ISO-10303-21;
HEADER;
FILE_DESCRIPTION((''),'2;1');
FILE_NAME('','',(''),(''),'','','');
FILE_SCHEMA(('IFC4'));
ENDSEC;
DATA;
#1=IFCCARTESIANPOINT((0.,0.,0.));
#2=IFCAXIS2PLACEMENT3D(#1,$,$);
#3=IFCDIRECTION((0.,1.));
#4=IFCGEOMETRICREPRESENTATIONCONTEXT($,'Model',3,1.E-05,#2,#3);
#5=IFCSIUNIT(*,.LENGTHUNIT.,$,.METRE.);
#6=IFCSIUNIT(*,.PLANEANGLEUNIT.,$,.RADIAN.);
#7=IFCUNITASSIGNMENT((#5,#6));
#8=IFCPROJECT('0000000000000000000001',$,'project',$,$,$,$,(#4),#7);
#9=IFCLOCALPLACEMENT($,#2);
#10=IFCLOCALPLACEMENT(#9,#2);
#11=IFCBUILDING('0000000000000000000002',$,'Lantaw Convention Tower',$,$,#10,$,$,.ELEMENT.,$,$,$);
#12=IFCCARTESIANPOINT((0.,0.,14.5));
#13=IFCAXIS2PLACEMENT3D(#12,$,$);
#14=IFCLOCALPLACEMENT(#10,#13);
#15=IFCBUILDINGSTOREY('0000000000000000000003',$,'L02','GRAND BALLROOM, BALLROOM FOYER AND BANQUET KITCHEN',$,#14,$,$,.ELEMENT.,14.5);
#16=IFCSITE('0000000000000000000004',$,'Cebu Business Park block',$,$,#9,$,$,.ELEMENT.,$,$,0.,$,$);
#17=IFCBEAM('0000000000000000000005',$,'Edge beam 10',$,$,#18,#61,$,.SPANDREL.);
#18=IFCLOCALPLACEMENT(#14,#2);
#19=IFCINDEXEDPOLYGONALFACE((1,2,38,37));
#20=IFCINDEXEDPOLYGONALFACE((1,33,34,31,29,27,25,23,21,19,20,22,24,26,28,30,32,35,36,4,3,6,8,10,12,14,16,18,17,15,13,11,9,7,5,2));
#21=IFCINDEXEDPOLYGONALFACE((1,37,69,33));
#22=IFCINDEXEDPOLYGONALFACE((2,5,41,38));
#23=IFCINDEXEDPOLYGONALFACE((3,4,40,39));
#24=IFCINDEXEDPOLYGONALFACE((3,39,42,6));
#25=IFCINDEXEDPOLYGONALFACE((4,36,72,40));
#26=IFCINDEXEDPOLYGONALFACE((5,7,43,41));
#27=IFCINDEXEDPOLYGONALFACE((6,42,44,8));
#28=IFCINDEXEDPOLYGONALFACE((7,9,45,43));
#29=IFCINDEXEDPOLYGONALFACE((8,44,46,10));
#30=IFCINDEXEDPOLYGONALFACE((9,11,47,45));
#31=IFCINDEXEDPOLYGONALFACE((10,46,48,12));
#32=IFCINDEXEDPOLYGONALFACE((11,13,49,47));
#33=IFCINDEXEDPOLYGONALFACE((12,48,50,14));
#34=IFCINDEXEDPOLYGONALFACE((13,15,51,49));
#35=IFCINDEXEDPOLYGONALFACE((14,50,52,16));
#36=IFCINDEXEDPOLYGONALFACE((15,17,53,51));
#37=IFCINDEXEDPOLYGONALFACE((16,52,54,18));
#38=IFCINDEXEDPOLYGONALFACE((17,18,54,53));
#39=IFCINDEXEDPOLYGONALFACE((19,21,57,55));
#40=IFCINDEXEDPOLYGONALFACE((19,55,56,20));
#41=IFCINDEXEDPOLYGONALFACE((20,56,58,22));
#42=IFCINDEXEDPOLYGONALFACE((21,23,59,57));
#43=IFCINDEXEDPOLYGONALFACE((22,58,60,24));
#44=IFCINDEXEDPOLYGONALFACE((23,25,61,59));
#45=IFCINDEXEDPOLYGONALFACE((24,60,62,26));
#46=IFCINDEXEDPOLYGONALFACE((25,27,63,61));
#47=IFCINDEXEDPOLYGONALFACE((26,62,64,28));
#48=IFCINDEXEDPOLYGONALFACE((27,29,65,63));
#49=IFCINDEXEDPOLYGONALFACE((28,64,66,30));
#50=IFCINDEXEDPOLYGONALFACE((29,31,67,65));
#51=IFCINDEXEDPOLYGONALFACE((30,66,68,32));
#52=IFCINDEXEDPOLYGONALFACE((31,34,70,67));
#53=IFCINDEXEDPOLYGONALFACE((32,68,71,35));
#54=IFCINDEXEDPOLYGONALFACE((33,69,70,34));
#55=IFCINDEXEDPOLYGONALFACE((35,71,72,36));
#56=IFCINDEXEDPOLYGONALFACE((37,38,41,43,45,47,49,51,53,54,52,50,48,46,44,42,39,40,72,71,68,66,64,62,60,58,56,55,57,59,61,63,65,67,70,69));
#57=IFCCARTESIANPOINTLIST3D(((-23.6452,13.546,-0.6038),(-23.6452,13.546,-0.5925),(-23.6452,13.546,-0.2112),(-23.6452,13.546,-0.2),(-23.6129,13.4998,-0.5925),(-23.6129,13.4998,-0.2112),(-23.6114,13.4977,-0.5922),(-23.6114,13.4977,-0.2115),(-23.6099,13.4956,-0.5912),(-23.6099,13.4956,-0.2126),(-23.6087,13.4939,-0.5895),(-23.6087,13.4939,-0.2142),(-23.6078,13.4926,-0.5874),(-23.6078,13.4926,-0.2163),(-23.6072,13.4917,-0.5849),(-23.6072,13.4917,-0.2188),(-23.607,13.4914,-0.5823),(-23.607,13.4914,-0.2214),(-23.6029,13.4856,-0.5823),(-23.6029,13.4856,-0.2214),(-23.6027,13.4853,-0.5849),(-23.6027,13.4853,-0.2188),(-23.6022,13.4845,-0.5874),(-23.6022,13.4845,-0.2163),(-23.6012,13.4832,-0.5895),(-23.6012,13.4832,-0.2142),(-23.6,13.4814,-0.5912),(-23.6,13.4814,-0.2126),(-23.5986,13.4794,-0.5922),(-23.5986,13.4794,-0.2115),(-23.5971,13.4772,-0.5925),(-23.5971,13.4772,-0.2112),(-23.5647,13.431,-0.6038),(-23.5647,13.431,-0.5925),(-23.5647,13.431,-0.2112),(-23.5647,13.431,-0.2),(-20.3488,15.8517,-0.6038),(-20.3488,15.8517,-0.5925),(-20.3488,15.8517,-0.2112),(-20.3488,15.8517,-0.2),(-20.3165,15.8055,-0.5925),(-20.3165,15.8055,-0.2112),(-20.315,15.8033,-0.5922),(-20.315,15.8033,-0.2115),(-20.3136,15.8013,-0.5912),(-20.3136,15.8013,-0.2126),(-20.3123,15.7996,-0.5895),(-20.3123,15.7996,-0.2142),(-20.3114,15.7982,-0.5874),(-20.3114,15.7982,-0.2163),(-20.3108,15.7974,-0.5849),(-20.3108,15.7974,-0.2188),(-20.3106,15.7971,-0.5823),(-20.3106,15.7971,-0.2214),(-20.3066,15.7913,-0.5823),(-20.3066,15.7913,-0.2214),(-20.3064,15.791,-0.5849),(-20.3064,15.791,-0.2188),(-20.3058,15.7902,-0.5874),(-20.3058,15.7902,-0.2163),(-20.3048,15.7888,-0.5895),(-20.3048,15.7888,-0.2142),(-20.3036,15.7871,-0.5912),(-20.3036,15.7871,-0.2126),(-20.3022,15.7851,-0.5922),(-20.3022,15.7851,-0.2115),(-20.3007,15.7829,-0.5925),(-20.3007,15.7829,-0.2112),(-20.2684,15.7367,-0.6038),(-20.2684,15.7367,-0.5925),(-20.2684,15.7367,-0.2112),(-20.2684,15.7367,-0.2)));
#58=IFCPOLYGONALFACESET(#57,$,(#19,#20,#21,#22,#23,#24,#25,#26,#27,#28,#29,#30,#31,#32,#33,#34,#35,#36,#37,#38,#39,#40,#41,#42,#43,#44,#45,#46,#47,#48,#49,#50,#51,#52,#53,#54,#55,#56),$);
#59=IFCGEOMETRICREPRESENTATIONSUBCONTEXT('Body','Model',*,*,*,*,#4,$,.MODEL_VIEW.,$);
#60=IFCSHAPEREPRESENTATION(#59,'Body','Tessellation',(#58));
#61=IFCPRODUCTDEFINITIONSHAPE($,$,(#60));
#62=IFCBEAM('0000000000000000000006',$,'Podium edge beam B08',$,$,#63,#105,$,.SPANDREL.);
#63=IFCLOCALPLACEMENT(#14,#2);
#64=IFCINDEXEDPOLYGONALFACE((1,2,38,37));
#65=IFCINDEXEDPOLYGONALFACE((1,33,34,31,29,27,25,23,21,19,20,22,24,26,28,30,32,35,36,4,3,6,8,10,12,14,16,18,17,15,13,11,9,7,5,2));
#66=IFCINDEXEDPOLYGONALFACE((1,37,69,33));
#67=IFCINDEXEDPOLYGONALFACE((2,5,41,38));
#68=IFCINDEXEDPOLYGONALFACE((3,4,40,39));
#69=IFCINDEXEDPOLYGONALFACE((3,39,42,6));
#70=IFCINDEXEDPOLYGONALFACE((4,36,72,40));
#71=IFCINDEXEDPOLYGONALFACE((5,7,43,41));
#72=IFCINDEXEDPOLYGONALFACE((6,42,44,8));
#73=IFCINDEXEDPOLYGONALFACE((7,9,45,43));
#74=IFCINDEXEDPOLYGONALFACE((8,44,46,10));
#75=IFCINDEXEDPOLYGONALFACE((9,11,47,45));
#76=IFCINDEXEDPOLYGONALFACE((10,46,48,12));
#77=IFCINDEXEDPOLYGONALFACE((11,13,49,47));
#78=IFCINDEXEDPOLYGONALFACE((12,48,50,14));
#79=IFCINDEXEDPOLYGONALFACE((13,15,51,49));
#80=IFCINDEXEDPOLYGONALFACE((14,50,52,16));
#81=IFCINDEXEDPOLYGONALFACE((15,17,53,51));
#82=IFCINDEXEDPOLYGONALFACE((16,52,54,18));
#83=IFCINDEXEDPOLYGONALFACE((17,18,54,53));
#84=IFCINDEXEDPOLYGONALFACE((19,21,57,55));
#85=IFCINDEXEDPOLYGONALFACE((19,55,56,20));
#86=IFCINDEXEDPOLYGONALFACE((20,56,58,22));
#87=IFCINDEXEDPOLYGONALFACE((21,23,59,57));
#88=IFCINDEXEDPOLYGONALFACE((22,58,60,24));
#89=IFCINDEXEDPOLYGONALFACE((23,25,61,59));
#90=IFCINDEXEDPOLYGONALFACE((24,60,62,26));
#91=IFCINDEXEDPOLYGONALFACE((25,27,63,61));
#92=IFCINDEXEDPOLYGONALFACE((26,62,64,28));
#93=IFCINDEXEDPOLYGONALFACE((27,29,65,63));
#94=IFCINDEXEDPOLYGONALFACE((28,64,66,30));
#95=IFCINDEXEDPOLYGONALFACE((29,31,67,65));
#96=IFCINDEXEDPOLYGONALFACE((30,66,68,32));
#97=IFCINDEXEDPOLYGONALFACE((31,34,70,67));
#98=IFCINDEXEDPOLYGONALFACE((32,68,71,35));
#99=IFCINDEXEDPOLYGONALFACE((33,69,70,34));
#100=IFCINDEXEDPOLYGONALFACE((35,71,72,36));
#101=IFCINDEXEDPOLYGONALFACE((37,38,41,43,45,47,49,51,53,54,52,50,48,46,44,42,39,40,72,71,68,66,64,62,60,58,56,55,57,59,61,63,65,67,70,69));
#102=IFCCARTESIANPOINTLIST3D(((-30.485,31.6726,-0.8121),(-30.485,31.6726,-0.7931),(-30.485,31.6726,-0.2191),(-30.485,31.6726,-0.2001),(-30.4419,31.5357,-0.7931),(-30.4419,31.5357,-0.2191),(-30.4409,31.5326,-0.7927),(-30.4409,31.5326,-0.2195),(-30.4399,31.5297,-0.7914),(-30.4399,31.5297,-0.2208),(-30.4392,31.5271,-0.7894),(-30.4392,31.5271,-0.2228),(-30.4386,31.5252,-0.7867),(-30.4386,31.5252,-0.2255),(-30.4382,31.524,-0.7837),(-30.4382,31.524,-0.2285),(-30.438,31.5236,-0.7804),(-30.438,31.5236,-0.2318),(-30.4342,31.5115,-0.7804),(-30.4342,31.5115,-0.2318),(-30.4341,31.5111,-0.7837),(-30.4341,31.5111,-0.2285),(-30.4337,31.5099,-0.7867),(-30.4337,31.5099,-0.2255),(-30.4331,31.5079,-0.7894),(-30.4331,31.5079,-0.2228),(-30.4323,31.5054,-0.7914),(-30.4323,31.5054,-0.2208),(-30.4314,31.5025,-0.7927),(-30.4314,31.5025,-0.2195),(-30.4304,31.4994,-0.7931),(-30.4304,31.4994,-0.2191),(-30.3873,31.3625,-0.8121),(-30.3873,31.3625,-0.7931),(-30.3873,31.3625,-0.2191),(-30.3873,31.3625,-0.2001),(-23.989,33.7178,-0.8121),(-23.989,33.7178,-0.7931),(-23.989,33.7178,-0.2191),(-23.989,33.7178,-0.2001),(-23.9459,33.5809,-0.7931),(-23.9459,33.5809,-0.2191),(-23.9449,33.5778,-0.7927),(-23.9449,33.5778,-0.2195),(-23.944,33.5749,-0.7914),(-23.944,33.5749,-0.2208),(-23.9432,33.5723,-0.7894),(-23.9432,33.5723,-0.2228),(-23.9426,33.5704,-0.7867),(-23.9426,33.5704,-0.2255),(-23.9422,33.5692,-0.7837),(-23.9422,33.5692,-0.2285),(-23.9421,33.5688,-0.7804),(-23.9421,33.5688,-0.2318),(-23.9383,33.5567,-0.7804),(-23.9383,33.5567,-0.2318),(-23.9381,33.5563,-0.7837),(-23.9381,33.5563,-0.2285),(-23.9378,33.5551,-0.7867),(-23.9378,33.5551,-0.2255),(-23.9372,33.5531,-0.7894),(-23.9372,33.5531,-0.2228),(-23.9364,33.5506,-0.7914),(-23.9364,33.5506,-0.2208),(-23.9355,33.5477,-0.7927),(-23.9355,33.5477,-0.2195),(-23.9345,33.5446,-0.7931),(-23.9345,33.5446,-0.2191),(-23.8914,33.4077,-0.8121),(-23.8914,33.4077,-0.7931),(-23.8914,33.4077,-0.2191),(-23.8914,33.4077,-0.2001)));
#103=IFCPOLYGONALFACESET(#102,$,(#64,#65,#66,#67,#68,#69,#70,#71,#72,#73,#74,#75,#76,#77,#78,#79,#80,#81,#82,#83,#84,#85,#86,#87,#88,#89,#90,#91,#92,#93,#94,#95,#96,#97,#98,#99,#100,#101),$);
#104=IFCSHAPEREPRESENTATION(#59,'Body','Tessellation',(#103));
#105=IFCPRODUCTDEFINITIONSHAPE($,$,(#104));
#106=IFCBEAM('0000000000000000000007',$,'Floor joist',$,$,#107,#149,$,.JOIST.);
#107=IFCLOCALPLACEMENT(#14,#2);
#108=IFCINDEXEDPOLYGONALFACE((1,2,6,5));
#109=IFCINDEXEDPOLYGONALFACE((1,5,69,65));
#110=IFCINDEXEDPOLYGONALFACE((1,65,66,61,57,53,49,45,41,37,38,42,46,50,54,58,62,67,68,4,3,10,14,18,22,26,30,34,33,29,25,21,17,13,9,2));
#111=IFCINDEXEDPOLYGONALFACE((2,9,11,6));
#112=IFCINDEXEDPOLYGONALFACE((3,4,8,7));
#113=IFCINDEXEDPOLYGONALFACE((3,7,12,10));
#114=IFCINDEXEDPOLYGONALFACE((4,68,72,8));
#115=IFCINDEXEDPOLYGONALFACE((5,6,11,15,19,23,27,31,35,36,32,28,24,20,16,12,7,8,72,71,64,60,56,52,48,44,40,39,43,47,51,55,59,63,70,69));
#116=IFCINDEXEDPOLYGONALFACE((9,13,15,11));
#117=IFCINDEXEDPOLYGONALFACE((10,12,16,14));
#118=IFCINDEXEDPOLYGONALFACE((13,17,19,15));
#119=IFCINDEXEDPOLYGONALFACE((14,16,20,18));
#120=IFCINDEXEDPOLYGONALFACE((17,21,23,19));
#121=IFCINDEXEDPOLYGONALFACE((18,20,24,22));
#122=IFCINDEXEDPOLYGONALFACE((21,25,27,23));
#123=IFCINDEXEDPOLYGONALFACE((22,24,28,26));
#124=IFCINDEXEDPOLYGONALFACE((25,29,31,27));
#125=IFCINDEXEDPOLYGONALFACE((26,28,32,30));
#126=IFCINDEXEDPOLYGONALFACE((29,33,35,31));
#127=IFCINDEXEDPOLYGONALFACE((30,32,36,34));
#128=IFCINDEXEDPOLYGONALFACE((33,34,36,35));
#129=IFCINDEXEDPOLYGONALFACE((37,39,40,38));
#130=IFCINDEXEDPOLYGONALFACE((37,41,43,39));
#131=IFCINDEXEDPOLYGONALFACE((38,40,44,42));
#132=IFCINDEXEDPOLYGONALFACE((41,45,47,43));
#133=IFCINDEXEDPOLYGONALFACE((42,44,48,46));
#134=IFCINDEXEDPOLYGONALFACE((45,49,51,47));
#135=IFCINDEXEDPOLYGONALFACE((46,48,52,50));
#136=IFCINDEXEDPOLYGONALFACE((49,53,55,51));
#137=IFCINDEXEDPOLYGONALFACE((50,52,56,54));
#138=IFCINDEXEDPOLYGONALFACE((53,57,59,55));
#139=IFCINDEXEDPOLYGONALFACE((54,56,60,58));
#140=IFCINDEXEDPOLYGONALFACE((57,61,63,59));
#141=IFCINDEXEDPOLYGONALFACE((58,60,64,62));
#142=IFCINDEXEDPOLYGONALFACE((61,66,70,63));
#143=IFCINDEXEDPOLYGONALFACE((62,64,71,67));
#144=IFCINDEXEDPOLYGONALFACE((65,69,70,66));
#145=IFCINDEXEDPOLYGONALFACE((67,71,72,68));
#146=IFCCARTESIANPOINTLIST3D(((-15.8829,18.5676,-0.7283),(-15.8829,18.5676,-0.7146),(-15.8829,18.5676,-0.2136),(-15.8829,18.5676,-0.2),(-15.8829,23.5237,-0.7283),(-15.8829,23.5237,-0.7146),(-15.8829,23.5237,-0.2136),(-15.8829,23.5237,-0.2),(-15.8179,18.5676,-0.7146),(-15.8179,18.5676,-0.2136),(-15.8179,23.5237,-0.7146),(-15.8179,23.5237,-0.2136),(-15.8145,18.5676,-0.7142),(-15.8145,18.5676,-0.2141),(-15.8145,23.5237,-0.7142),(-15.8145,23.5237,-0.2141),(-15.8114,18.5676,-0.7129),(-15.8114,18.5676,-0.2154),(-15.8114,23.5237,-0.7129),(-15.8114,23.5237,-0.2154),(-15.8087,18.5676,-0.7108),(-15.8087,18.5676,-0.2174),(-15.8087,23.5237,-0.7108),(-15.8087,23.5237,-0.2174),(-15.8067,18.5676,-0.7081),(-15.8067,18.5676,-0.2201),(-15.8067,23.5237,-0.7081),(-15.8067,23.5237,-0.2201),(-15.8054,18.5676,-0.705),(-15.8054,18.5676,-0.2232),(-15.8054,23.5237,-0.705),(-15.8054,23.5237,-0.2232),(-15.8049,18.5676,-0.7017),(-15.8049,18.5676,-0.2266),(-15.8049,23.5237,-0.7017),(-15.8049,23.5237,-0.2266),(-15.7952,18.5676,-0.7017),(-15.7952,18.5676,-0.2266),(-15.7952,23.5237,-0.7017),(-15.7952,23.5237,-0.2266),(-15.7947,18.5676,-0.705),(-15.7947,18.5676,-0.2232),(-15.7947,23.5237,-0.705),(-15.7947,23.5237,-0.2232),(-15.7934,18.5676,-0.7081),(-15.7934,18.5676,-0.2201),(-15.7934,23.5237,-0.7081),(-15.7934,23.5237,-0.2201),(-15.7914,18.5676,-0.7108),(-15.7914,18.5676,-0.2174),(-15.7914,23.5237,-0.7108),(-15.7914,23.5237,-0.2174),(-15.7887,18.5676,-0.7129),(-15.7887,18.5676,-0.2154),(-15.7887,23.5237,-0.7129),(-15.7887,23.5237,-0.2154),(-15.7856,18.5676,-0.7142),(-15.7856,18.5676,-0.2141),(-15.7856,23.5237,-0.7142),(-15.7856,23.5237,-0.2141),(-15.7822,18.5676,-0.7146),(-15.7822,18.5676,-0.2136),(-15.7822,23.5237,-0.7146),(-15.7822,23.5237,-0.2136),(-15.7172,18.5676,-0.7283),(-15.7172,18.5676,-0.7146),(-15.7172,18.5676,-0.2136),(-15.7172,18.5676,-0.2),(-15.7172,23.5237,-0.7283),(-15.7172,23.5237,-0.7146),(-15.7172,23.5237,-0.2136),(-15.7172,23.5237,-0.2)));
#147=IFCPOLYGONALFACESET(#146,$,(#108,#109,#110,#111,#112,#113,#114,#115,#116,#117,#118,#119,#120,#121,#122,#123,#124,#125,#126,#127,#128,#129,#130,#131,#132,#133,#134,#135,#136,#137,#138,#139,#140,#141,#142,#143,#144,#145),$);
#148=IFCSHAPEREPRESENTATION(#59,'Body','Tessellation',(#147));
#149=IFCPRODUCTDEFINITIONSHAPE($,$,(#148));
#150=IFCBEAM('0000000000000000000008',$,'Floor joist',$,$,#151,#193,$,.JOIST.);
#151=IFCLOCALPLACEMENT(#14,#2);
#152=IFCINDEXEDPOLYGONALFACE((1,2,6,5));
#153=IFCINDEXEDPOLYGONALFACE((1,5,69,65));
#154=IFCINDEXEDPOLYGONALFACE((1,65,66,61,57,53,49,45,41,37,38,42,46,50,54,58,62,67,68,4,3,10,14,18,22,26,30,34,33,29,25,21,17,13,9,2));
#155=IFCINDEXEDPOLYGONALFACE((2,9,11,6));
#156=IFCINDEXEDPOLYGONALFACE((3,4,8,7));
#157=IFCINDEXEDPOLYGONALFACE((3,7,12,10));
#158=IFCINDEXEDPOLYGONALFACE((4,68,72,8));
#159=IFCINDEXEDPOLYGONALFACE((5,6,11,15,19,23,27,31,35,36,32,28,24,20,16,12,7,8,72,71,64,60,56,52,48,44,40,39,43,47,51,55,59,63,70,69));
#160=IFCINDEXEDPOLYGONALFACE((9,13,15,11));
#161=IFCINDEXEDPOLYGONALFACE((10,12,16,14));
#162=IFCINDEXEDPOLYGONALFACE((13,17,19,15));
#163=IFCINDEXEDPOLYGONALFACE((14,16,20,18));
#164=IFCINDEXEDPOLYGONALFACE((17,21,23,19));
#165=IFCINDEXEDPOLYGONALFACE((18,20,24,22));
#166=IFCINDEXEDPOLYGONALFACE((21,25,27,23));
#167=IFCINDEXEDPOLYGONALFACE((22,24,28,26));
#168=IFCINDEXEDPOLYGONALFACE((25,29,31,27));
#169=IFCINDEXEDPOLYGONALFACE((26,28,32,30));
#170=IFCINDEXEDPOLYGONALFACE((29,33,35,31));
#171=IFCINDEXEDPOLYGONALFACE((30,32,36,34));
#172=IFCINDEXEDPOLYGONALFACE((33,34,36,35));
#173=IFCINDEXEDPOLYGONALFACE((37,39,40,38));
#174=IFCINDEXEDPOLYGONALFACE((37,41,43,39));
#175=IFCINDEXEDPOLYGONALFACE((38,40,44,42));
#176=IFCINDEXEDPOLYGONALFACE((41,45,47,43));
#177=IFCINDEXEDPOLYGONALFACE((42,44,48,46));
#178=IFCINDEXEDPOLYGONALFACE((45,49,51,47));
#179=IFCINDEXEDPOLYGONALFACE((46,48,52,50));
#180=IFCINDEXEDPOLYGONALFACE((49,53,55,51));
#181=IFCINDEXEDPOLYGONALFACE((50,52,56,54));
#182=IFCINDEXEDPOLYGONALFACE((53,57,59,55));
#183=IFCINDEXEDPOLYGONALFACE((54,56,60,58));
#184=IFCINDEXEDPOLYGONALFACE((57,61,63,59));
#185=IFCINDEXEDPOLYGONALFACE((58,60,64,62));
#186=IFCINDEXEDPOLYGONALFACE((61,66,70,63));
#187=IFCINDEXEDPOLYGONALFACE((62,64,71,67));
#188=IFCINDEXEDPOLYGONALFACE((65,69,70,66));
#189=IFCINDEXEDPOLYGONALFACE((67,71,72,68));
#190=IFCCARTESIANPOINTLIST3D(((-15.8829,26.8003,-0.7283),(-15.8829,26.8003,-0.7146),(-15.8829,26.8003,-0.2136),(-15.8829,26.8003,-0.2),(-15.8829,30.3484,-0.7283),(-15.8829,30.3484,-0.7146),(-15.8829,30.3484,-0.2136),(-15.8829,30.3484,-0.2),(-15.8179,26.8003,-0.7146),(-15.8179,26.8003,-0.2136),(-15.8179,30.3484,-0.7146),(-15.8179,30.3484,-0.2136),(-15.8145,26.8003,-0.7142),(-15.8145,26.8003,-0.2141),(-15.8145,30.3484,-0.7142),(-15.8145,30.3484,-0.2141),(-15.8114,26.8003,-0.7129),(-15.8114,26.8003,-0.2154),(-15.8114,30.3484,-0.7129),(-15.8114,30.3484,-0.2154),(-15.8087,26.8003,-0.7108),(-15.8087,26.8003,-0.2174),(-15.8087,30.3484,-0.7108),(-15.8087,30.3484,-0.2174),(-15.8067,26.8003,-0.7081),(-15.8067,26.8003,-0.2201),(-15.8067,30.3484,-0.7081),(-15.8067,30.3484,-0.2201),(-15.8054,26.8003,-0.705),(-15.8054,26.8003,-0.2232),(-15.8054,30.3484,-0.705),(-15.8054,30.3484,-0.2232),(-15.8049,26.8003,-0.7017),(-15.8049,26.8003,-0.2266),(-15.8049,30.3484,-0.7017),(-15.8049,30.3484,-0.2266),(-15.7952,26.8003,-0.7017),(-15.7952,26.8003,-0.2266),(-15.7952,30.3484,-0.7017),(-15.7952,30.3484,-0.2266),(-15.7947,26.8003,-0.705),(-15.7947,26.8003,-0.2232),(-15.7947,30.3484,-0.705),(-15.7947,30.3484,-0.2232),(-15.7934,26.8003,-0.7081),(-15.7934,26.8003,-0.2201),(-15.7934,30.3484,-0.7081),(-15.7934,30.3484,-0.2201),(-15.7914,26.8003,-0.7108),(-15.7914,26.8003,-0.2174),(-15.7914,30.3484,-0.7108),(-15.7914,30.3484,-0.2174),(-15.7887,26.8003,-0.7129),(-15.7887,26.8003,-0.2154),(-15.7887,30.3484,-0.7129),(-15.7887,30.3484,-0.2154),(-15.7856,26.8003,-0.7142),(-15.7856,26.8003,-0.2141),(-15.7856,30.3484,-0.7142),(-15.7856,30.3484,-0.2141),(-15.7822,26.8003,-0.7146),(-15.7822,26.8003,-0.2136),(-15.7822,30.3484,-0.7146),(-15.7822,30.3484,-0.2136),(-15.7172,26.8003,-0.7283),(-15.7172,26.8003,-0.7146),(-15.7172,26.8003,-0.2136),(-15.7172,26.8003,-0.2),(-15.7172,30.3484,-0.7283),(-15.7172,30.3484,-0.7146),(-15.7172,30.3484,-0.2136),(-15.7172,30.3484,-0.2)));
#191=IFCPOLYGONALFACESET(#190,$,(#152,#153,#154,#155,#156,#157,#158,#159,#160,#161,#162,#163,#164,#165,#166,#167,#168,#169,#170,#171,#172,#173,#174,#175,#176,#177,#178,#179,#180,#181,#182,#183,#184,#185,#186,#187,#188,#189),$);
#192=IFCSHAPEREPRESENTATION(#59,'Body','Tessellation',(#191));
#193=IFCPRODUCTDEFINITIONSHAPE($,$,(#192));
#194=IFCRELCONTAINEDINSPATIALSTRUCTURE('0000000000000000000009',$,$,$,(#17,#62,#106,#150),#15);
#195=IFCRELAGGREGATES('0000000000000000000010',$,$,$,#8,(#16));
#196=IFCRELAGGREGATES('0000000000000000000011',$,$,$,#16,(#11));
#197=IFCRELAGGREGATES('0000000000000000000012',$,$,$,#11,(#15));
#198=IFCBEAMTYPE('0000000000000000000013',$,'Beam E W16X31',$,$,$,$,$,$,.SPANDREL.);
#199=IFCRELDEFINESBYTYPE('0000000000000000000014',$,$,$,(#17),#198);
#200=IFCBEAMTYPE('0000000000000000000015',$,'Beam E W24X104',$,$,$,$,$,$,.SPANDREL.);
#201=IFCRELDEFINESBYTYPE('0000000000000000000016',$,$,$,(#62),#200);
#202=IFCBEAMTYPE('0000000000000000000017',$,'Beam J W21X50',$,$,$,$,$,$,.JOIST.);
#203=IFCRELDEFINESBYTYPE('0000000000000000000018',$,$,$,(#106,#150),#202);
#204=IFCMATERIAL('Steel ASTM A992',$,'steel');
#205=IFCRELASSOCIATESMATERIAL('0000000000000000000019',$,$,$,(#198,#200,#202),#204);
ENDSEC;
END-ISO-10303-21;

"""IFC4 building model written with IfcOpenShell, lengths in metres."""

from ifc_helpers import new_model, si_unit, direction, frame, origin, origin_2d, place, context, subcontext, project, spatial, i_section, extrude, material, material_profile, profile_set, type_object, element, save


model = new_model("IFC4")

# Units and contexts
model_context = context("Model", 3, precision=1e-05, world=origin(), true_north=direction((0.0, 1.0)))
body_context = subcontext(model_context, "Body", "Model", "MODEL_VIEW")
ifc_project = project(units=[si_unit("LENGTHUNIT", "METRE"), si_unit("PLANEANGLEUNIT", "RADIAN")], contexts=[model_context])

# Site, building, storey
site_placement = place(None, origin())
site = spatial("IfcSite", under=ifc_project, at=site_placement, Name="Cebu Business Park block", CompositionType="ELEMENT", RefElevation=0.0)
building_placement = place(site_placement, origin())
building = spatial("IfcBuilding", under=site, at=building_placement, Name="Lantaw Convention Tower", CompositionType="ELEMENT")
storey_placement = place(building_placement, frame((0.0, 0.0, 14.5)))
storey = spatial("IfcBuildingStorey", under=building, at=storey_placement, Name="L02", Description="GRAND BALLROOM, BALLROOM FOYER AND BANQUET KITCHEN", CompositionType="ELEMENT", Elevation=14.5)

# Beams
ifc_material_1 = material(Name="Steel ASTM A992", Category="steel")
ifc_material_profile_1 = material_profile(ifc_material_1, i_section(OverallWidth=0.1404, OverallDepth=0.4038, WebThickness=0.0071, FlangeThickness=0.0112, FilletRadius=0.0103, at=origin_2d()), Name="W16X31")
ifc_profile_set_1 = profile_set([ifc_material_profile_1], Name="Steel ASTM A992")
beam_type_1 = type_object("IfcBeamType", Name="Beam E W16X31", PredefinedType="SPANDREL", material=ifc_profile_set_1)
beam_1_placement = place(storey_placement, frame((-20.3086, 15.7942, -0.4019), z_axis=(-0.819443, -0.573161, 0.0), x_axis=(0.573161, -0.819443, 0.0)))
element("IfcBeam", 1, at=beam_1_placement, inside=storey, type_object=beam_type_1, Name="Edge beam 10", PredefinedType="SPANDREL", context=body_context, shape_type="SweptSolid", body=[
    extrude(i_section(OverallWidth=0.1404, OverallDepth=0.4038, WebThickness=0.0071, FlangeThickness=0.0112, FilletRadius=0.0103, at=origin_2d()), origin(), (0.0, 0.0, 1.0), 4.0227),
])
ifc_material_profile_2 = material_profile(ifc_material_1, i_section(OverallWidth=0.3252, OverallDepth=0.6121, WebThickness=0.0127, FlangeThickness=0.019, FilletRadius=0.0127, at=origin_2d()), Name="W24X104")
ifc_profile_set_2 = profile_set([ifc_material_profile_2], Name="Steel ASTM A992")
beam_type_2 = type_object("IfcBeamType", Name="Beam E W24X104", PredefinedType="SPANDREL", material=ifc_profile_set_2)
beam_2_placement = place(storey_placement, frame((-23.9402, 33.5627, -0.5061), z_axis=(-0.953842, -0.300309, 0.0), x_axis=(0.300309, -0.953842, 0.0)))
element("IfcBeam", 2, at=beam_2_placement, inside=storey, type_object=beam_type_2, Name="Podium edge beam B08", PredefinedType="SPANDREL", context=body_context, shape_type="SweptSolid", body=[
    extrude(i_section(OverallWidth=0.3252, OverallDepth=0.6121, WebThickness=0.0127, FlangeThickness=0.019, FilletRadius=0.0127, at=origin_2d()), origin(), (0.0, 0.0, 1.0), 6.8103),
])
ifc_material_profile_3 = material_profile(ifc_material_1, i_section(OverallWidth=0.1658, OverallDepth=0.5283, WebThickness=0.0098, FlangeThickness=0.0137, FilletRadius=0.0129, at=origin_2d()), Name="W21X50")
ifc_profile_set_3 = profile_set([ifc_material_profile_3], Name="Steel ASTM A992")
beam_type_3 = type_object("IfcBeamType", Name="Beam J W21X50", PredefinedType="JOIST", material=ifc_profile_set_3)
beam_3_placement = place(storey_placement, frame((-15.8, 18.5676, -0.4641), z_axis=(0.0, 1.0, 0.0), x_axis=(-1.0, 0.0, 0.0)))
element("IfcBeam", 3, at=beam_3_placement, inside=storey, type_object=beam_type_3, Name="Floor joist", PredefinedType="JOIST", context=body_context, shape_type="SweptSolid", body=[
    extrude(i_section(OverallWidth=0.1658, OverallDepth=0.5283, WebThickness=0.0098, FlangeThickness=0.0137, FilletRadius=0.0129, at=origin_2d()), origin(), (0.0, 0.0, 1.0), 4.9561),
])
beam_4_placement = place(storey_placement, frame((-15.8, 26.8003, -0.4641), z_axis=(0.0, 1.0, 0.0), x_axis=(-1.0, 0.0, 0.0)))
element("IfcBeam", 4, at=beam_4_placement, inside=storey, type_object=beam_type_3, Name="Floor joist", PredefinedType="JOIST", context=body_context, shape_type="SweptSolid", body=[
    extrude(i_section(OverallWidth=0.1658, OverallDepth=0.5283, WebThickness=0.0098, FlangeThickness=0.0137, FilletRadius=0.0129, at=origin_2d()), origin(), (0.0, 0.0, 1.0), 3.5481),
])

save(model, "model.ifc")
